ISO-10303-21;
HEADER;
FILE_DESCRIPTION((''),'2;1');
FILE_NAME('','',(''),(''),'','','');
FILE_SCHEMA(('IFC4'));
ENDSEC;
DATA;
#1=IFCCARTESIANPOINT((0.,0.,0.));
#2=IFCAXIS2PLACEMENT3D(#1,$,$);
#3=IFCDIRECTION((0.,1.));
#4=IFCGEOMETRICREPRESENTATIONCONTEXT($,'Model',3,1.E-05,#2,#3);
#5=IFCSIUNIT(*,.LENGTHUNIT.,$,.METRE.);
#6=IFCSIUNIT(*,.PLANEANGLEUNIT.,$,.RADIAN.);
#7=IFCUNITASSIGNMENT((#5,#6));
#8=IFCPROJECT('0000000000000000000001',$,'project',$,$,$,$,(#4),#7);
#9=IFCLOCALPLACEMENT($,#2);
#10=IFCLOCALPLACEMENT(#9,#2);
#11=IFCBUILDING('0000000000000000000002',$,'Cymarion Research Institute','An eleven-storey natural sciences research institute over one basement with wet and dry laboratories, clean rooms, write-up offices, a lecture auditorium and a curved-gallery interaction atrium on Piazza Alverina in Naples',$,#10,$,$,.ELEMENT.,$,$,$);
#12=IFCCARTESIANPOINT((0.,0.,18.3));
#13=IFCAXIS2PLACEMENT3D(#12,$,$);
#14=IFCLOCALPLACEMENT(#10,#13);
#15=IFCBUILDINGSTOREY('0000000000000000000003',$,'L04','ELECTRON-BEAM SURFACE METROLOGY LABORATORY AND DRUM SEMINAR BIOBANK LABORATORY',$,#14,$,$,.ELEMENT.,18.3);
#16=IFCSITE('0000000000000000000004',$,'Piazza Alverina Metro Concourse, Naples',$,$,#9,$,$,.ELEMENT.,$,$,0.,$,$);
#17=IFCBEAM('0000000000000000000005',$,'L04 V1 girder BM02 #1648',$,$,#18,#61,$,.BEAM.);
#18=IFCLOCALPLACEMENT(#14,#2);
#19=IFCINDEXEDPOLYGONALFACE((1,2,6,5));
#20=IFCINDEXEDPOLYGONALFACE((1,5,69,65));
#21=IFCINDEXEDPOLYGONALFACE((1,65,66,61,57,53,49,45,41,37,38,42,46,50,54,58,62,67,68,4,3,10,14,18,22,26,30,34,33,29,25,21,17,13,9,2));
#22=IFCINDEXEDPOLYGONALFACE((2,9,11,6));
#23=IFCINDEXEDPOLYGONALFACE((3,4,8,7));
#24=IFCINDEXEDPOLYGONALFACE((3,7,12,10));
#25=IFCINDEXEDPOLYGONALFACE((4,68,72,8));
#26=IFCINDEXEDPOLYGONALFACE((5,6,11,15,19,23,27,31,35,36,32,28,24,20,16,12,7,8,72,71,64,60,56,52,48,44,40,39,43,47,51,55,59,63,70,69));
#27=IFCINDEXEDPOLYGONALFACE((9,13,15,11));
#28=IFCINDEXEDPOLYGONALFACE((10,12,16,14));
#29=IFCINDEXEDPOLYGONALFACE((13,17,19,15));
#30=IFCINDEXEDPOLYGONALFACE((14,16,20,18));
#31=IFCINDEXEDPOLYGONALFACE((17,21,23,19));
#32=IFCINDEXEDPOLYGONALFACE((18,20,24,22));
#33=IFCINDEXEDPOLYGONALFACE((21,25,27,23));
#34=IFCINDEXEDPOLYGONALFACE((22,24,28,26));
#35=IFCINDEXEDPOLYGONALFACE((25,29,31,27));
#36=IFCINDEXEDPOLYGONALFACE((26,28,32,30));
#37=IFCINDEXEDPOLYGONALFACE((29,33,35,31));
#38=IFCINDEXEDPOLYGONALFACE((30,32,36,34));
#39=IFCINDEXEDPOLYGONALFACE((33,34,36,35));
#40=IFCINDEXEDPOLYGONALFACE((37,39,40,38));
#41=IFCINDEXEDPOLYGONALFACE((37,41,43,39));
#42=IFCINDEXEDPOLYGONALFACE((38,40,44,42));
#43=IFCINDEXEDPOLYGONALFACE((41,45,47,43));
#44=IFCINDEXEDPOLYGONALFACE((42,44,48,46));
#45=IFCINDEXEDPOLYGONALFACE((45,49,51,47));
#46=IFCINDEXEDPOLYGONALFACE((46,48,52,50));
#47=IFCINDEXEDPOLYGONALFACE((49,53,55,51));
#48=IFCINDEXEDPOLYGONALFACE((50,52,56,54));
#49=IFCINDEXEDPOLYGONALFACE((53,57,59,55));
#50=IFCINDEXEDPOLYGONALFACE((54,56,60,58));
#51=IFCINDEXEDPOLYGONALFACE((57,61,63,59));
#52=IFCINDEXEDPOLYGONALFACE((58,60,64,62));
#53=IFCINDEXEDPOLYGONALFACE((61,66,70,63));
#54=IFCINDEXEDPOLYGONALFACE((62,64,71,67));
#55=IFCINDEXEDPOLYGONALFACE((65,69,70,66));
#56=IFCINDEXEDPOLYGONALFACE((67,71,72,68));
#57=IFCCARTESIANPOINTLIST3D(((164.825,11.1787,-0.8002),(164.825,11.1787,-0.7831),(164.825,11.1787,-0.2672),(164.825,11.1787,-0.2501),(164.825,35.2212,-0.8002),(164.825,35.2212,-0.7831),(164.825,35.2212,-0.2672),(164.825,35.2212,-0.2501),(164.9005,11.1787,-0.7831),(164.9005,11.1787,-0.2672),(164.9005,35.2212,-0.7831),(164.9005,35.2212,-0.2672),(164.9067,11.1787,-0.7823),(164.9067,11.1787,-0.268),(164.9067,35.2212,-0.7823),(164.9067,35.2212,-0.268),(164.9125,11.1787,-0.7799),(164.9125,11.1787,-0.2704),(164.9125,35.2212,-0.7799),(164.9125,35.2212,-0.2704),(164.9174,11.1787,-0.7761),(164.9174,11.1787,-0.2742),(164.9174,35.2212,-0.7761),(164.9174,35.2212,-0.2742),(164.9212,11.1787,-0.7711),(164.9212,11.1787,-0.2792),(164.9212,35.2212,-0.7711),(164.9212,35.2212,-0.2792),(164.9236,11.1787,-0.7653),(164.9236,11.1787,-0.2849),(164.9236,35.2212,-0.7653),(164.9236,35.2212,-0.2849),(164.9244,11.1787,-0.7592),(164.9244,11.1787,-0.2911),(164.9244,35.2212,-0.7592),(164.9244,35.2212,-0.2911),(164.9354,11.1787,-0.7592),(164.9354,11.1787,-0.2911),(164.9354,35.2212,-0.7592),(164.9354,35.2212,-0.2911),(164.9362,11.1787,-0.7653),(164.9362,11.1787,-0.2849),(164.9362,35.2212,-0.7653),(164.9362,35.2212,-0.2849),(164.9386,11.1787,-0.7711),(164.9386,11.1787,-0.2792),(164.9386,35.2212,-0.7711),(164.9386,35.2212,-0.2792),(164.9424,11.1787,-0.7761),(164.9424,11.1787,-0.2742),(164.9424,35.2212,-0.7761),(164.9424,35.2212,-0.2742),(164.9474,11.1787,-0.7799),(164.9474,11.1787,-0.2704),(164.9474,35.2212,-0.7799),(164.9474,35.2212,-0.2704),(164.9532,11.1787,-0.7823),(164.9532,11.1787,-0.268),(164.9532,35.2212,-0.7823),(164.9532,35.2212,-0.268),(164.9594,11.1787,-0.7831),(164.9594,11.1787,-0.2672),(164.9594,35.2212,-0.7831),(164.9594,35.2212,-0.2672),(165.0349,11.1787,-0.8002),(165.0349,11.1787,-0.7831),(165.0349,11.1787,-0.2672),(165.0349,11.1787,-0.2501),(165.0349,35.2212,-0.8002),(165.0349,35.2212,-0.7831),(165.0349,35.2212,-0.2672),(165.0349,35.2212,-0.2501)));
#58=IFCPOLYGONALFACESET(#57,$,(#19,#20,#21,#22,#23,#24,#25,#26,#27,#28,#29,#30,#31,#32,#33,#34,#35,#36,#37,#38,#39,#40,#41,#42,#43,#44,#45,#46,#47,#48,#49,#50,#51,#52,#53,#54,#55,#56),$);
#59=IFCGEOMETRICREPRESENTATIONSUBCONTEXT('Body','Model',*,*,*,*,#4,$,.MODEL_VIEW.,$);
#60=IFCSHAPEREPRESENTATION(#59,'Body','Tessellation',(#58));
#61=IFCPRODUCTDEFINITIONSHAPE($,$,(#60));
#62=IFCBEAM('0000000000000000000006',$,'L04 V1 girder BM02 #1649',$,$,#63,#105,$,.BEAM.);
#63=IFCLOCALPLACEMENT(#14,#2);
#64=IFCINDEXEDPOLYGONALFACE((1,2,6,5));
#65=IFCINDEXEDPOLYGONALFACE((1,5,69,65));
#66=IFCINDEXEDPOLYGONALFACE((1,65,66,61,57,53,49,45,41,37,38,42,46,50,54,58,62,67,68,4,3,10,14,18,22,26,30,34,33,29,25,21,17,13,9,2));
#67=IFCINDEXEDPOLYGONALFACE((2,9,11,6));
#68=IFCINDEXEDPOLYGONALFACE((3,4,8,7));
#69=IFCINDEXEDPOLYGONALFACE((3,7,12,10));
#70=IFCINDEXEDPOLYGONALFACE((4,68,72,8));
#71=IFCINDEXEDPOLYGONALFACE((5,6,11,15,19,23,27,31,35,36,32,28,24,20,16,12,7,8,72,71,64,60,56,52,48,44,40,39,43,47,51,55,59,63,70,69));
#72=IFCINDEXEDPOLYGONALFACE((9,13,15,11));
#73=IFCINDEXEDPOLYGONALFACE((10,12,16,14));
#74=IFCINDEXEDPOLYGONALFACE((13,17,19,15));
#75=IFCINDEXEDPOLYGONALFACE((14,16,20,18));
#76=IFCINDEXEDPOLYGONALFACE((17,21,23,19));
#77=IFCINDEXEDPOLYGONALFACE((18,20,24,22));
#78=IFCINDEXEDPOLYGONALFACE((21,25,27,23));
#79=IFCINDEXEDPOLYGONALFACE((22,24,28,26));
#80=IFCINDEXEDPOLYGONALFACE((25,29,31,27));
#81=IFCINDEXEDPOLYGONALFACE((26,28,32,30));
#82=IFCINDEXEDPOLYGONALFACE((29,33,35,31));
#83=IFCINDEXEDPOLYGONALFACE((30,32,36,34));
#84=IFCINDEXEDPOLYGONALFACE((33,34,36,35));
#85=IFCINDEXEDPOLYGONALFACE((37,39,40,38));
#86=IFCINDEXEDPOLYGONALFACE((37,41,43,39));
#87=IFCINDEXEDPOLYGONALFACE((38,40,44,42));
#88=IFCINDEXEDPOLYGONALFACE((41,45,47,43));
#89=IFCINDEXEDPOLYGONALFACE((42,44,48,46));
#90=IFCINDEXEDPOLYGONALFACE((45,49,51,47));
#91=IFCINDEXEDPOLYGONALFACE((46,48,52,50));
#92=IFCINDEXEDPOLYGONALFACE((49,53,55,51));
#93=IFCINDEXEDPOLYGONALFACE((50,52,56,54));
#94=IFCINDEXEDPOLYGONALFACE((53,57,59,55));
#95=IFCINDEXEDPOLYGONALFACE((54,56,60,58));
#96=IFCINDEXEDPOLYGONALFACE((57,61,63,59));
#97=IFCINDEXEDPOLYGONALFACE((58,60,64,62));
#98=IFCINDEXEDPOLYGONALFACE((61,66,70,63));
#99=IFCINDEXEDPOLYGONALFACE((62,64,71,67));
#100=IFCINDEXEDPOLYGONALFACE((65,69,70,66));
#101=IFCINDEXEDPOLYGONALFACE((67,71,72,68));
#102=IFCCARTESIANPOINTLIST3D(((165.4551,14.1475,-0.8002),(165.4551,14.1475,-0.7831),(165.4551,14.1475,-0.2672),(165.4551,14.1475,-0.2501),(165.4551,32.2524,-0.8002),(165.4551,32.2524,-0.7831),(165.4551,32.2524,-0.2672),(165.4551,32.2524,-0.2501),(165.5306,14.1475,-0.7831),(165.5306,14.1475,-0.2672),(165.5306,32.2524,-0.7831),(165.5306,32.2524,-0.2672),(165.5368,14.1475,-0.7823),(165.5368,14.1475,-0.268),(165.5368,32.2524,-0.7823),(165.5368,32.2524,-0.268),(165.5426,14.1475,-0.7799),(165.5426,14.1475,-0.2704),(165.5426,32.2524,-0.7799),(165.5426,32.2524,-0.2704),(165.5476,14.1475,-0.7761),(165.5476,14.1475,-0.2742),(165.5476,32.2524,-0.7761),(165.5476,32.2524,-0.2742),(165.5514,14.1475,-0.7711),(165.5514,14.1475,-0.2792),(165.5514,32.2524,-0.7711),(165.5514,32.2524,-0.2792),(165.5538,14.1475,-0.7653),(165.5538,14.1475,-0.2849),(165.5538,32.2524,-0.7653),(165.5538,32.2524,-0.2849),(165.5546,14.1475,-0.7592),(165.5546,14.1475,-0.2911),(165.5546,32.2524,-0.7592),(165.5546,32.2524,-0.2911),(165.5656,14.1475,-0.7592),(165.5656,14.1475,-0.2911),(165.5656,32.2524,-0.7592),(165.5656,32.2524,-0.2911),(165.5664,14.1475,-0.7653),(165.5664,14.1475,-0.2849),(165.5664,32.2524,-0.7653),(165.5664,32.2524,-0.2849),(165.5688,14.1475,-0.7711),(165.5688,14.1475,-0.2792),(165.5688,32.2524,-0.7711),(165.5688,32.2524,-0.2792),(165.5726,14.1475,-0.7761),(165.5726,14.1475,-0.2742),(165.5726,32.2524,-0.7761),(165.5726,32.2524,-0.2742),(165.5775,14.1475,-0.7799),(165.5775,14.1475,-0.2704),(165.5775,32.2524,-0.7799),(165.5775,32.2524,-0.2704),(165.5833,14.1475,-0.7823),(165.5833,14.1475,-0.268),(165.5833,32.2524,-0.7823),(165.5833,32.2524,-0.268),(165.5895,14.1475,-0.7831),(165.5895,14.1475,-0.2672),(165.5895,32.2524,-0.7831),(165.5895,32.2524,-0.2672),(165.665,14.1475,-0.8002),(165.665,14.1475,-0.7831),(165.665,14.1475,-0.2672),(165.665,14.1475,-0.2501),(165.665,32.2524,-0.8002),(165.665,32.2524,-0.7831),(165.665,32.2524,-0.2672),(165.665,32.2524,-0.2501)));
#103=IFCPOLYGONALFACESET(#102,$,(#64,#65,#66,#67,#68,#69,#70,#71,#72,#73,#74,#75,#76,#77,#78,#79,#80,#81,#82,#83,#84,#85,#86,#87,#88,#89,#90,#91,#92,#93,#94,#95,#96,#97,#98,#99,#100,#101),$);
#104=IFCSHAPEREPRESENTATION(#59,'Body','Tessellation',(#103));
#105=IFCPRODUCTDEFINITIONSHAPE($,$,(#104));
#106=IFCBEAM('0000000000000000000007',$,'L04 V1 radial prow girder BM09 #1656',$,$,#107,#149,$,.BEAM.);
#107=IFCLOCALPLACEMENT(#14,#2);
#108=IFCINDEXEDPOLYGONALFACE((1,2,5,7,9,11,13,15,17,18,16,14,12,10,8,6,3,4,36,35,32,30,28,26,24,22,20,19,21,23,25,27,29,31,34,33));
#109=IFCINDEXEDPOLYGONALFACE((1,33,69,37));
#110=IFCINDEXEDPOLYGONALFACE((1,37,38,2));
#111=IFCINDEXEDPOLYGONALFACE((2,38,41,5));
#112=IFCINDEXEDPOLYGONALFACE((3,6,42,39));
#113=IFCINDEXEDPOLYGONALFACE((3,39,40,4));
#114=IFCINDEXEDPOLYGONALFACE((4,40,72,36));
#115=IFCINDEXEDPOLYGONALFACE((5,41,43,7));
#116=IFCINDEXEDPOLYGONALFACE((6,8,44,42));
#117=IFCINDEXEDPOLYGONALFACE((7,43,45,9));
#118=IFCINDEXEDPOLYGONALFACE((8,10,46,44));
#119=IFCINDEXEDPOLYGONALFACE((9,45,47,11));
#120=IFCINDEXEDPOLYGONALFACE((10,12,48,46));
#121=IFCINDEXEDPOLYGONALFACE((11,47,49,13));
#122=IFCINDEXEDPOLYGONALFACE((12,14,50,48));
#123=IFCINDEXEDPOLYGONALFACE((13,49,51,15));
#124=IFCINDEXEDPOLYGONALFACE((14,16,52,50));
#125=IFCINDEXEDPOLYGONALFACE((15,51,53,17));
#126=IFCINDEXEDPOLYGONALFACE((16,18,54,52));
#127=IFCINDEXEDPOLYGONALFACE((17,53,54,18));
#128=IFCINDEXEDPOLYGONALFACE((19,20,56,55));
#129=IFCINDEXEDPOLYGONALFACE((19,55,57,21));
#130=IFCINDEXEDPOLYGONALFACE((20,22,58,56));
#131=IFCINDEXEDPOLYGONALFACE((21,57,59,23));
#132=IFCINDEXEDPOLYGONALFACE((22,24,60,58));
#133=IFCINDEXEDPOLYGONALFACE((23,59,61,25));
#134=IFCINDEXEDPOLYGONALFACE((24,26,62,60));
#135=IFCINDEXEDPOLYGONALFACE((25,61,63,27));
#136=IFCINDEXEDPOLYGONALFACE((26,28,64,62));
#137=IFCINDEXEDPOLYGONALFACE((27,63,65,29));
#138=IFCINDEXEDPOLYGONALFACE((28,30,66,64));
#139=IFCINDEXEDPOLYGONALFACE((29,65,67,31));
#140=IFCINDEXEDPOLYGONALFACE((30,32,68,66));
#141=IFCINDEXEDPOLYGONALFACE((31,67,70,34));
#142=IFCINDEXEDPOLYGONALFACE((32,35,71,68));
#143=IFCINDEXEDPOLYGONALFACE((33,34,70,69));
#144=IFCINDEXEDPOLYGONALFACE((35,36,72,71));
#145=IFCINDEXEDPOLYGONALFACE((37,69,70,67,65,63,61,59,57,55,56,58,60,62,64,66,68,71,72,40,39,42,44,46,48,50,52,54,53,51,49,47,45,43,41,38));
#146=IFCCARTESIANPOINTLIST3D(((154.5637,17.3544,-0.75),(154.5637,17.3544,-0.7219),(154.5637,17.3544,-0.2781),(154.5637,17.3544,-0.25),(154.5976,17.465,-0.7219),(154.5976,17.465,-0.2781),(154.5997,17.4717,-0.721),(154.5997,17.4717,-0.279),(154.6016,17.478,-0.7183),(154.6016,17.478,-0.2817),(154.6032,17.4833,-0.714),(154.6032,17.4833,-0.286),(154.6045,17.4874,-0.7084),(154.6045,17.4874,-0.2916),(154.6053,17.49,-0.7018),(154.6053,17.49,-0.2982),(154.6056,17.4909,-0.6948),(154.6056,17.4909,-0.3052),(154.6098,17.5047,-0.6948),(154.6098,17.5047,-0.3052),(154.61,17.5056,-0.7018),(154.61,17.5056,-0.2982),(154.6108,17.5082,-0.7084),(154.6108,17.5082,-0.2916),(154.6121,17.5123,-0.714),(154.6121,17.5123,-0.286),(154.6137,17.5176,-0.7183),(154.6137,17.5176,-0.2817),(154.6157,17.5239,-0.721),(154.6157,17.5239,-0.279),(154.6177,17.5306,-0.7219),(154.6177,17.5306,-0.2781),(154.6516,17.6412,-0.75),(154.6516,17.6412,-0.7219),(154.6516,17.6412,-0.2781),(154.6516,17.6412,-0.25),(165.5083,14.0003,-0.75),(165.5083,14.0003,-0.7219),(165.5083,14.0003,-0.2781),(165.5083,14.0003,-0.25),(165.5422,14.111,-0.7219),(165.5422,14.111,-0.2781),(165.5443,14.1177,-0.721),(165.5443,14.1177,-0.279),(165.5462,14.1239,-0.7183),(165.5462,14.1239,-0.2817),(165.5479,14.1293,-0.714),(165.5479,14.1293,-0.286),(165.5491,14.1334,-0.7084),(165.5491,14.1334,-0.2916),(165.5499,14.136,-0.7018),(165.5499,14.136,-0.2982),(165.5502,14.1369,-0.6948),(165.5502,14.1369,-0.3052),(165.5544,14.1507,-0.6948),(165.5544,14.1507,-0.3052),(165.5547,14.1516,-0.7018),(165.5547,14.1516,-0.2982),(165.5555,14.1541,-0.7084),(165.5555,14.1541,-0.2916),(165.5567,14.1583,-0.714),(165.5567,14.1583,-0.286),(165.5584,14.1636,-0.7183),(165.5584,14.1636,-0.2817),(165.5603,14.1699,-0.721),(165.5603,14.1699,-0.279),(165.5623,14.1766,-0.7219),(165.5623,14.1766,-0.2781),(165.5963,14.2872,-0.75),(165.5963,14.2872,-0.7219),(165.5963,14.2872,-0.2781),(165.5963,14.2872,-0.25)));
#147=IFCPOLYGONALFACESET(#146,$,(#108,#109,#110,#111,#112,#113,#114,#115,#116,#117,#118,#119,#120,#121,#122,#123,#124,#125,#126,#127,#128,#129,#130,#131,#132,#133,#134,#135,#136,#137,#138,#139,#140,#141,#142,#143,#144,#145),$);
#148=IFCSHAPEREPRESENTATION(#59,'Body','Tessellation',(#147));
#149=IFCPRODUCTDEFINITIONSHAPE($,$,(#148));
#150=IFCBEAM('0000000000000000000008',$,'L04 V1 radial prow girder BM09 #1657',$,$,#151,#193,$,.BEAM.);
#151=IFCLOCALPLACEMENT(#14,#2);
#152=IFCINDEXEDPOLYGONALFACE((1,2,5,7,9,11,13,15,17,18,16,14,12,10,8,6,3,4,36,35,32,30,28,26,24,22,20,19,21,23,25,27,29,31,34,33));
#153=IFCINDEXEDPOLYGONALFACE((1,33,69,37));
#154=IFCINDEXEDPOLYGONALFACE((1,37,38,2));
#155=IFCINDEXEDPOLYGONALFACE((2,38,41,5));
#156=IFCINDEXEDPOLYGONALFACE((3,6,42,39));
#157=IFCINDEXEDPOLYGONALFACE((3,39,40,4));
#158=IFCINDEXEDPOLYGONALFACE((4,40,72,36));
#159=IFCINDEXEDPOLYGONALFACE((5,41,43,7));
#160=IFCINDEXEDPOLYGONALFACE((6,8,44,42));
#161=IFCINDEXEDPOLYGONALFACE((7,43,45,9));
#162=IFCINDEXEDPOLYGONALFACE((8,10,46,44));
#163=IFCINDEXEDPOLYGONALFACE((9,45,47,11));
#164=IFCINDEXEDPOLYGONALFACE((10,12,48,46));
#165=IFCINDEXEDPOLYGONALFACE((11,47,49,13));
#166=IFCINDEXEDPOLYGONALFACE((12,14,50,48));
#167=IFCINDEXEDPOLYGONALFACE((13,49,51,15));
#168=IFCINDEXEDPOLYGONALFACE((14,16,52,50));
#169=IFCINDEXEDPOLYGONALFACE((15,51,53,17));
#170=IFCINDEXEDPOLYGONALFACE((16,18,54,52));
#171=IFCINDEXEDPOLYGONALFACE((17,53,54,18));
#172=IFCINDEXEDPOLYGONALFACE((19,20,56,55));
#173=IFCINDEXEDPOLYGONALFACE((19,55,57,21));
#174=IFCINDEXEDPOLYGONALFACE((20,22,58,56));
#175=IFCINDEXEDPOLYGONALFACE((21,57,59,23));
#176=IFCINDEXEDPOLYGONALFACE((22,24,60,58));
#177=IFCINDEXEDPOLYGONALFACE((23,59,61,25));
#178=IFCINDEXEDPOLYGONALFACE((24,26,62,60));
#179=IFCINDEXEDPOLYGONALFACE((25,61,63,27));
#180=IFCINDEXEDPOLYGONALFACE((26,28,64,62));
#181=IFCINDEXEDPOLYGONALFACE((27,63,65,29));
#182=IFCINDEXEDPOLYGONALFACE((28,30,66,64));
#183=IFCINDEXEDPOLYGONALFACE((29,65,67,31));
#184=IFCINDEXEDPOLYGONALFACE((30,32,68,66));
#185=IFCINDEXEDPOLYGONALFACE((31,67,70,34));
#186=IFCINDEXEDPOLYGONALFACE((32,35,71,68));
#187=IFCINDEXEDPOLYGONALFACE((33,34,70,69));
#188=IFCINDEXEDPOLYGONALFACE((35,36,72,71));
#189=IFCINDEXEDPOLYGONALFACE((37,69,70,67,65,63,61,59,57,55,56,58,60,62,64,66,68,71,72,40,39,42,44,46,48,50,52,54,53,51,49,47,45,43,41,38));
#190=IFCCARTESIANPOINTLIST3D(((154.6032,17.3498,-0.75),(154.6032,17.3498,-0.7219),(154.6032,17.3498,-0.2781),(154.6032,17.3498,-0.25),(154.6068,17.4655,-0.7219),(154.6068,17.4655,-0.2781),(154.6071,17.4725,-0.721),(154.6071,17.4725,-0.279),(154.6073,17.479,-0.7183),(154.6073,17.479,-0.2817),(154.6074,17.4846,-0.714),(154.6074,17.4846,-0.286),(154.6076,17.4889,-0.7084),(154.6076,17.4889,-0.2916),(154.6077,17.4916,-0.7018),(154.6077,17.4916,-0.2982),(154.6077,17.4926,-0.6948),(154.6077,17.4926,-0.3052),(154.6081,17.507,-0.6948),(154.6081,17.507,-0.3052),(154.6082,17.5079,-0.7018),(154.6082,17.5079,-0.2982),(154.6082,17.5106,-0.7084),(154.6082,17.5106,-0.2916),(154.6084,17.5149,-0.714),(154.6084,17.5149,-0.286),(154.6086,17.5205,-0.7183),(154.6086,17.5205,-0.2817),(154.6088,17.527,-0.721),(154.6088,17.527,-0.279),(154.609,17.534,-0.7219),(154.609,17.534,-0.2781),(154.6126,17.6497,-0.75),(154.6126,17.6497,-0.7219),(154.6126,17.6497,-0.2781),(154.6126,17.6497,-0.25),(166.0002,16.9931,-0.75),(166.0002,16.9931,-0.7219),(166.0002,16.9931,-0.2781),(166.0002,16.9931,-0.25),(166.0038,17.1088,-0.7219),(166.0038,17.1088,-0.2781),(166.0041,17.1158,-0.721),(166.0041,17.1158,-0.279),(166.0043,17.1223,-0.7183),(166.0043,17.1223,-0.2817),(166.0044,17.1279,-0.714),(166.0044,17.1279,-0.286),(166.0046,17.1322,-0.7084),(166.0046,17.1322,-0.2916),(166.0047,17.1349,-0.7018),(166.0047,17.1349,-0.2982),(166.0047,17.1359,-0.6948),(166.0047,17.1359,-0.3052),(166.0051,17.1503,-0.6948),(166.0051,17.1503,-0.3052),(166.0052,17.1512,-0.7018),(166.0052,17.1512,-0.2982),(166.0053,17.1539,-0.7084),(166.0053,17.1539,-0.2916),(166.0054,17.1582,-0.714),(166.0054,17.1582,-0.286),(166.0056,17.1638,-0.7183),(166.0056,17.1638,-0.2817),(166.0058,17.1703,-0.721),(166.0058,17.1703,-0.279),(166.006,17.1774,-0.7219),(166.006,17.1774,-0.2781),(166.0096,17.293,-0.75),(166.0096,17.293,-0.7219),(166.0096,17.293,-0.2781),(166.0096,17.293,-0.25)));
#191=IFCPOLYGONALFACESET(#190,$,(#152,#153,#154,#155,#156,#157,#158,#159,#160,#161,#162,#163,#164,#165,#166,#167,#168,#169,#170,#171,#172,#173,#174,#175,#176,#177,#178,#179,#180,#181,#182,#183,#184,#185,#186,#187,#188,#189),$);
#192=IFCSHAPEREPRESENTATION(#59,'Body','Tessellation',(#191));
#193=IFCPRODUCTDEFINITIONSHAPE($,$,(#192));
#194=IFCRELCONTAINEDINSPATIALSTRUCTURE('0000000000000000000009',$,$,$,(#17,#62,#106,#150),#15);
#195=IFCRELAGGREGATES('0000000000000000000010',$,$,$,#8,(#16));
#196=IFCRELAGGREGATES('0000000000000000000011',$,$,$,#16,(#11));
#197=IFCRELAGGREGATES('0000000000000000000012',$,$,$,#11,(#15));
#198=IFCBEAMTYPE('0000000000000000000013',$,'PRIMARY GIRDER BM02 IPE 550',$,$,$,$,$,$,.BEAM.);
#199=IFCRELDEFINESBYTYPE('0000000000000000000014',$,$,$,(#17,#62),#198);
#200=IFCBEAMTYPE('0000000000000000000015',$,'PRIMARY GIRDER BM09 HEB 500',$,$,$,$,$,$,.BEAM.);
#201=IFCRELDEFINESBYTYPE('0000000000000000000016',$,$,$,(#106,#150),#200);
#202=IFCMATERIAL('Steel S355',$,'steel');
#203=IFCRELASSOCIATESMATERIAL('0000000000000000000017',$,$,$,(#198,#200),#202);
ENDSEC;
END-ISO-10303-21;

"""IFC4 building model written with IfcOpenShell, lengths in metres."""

from ifc_helpers import new_model, si_unit, direction, frame, origin, origin_2d, place, context, subcontext, project, spatial, i_section, extrude, material, material_profile, profile_set, type_object, element, save


model = new_model("IFC4")

# Units and contexts
model_context = context("Model", 3, precision=1e-05, world=origin(), true_north=direction((0.0, 1.0)))
body_context = subcontext(model_context, "Body", "Model", "MODEL_VIEW")
ifc_project = project(units=[si_unit("LENGTHUNIT", "METRE"), si_unit("PLANEANGLEUNIT", "RADIAN")], contexts=[model_context])

# Site, building, storey
site_placement = place(None, origin())
site = spatial("IfcSite", under=ifc_project, at=site_placement, Name="Piazza Alverina Metro Concourse, Naples", CompositionType="ELEMENT", RefElevation=0.0)
building_placement = place(site_placement, origin())
building = spatial("IfcBuilding", under=site, at=building_placement, Name="Cymarion Research Institute", Description="An eleven-storey natural sciences research institute over one basement with wet and dry laboratories, clean rooms, write-up offices, a lecture auditorium and a curved-gallery interaction atrium on Piazza Alverina in Naples", CompositionType="ELEMENT")
storey_placement = place(building_placement, frame((0.0, 0.0, 18.3)))
storey = spatial("IfcBuildingStorey", under=building, at=storey_placement, Name="L04", Description="ELECTRON-BEAM SURFACE METROLOGY LABORATORY AND DRUM SEMINAR BIOBANK LABORATORY", CompositionType="ELEMENT", Elevation=18.3)

# Shared definitions
ifc_material_1 = material(Name="Steel S355", Category="steel")

# Beams
ifc_material_profile_1 = material_profile(ifc_material_1, i_section(OverallWidth=0.21, OverallDepth=0.55, WebThickness=0.011, FlangeThickness=0.0171, FilletRadius=0.0239, at=origin_2d()), Name="IPE 550")
ifc_profile_set_1 = profile_set([ifc_material_profile_1], Name="Steel S355")
beam_type_1 = type_object("IfcBeamType", Name="PRIMARY GIRDER BM02 IPE 550", PredefinedType="BEAM", material=ifc_profile_set_1)
beam_1_placement = place(storey_placement, frame((164.9299, 11.1787, -0.5251), z_axis=(0.0, 1.0, 0.0), x_axis=(-1.0, 0.0, 0.0)))
element("IfcBeam", 1, at=beam_1_placement, inside=storey, type_object=beam_type_1, Name="L04 V1 girder BM02 #1648", PredefinedType="BEAM", context=body_context, shape_type="SweptSolid", body=[
    extrude(i_section(OverallWidth=0.21, OverallDepth=0.55, WebThickness=0.011, FlangeThickness=0.0171, FilletRadius=0.0239, at=origin_2d()), origin(), (0.0, 0.0, 1.0), 24.0425),
])
beam_2_placement = place(storey_placement, frame((165.5601, 14.1475, -0.5251), z_axis=(0.0, 1.0, 0.0), x_axis=(-1.0, 0.0, 0.0)))
element("IfcBeam", 2, at=beam_2_placement, inside=storey, type_object=beam_type_1, Name="L04 V1 girder BM02 #1649", PredefinedType="BEAM", context=body_context, shape_type="SweptSolid", body=[
    extrude(i_section(OverallWidth=0.21, OverallDepth=0.55, WebThickness=0.011, FlangeThickness=0.0171, FilletRadius=0.0239, at=origin_2d()), origin(), (0.0, 0.0, 1.0), 18.105),
])
ifc_material_profile_2 = material_profile(ifc_material_1, i_section(OverallWidth=0.3, OverallDepth=0.5, WebThickness=0.0144, FlangeThickness=0.0281, FilletRadius=0.0271, at=origin_2d()), Name="HEB 500")
ifc_profile_set_2 = profile_set([ifc_material_profile_2], Name="Steel S355")
beam_type_2 = type_object("IfcBeamType", Name="PRIMARY GIRDER BM09 HEB 500", PredefinedType="BEAM", material=ifc_profile_set_2)
beam_3_placement = place(storey_placement, frame((154.6077, 17.4978, -0.5), z_axis=(0.956111, -0.293004, 0.0), x_axis=(0.293004, 0.956111, 0.0)))
element("IfcBeam", 3, at=beam_3_placement, inside=storey, type_object=beam_type_2, Name="L04 V1 radial prow girder BM09 #1656", PredefinedType="BEAM", context=body_context, shape_type="SweptSolid", body=[
    extrude(i_section(OverallWidth=0.3, OverallDepth=0.5, WebThickness=0.0144, FlangeThickness=0.0281, FilletRadius=0.0271, at=origin_2d()), origin(), (0.0, 0.0, 1.0), 11.447),
])
beam_4_placement = place(storey_placement, frame((154.6079, 17.4998, -0.5), z_axis=(0.999511, -0.031282, 0.0), x_axis=(0.031282, 0.999511, 0.0)))
element("IfcBeam", 4, at=beam_4_placement, inside=storey, type_object=beam_type_2, Name="L04 V1 radial prow girder BM09 #1657", PredefinedType="BEAM", context=body_context, shape_type="SweptSolid", body=[
    extrude(i_section(OverallWidth=0.3, OverallDepth=0.5, WebThickness=0.0144, FlangeThickness=0.0281, FilletRadius=0.0271, at=origin_2d()), origin(), (0.0, 0.0, 1.0), 11.4026),
])

save(model, "model.ifc")
